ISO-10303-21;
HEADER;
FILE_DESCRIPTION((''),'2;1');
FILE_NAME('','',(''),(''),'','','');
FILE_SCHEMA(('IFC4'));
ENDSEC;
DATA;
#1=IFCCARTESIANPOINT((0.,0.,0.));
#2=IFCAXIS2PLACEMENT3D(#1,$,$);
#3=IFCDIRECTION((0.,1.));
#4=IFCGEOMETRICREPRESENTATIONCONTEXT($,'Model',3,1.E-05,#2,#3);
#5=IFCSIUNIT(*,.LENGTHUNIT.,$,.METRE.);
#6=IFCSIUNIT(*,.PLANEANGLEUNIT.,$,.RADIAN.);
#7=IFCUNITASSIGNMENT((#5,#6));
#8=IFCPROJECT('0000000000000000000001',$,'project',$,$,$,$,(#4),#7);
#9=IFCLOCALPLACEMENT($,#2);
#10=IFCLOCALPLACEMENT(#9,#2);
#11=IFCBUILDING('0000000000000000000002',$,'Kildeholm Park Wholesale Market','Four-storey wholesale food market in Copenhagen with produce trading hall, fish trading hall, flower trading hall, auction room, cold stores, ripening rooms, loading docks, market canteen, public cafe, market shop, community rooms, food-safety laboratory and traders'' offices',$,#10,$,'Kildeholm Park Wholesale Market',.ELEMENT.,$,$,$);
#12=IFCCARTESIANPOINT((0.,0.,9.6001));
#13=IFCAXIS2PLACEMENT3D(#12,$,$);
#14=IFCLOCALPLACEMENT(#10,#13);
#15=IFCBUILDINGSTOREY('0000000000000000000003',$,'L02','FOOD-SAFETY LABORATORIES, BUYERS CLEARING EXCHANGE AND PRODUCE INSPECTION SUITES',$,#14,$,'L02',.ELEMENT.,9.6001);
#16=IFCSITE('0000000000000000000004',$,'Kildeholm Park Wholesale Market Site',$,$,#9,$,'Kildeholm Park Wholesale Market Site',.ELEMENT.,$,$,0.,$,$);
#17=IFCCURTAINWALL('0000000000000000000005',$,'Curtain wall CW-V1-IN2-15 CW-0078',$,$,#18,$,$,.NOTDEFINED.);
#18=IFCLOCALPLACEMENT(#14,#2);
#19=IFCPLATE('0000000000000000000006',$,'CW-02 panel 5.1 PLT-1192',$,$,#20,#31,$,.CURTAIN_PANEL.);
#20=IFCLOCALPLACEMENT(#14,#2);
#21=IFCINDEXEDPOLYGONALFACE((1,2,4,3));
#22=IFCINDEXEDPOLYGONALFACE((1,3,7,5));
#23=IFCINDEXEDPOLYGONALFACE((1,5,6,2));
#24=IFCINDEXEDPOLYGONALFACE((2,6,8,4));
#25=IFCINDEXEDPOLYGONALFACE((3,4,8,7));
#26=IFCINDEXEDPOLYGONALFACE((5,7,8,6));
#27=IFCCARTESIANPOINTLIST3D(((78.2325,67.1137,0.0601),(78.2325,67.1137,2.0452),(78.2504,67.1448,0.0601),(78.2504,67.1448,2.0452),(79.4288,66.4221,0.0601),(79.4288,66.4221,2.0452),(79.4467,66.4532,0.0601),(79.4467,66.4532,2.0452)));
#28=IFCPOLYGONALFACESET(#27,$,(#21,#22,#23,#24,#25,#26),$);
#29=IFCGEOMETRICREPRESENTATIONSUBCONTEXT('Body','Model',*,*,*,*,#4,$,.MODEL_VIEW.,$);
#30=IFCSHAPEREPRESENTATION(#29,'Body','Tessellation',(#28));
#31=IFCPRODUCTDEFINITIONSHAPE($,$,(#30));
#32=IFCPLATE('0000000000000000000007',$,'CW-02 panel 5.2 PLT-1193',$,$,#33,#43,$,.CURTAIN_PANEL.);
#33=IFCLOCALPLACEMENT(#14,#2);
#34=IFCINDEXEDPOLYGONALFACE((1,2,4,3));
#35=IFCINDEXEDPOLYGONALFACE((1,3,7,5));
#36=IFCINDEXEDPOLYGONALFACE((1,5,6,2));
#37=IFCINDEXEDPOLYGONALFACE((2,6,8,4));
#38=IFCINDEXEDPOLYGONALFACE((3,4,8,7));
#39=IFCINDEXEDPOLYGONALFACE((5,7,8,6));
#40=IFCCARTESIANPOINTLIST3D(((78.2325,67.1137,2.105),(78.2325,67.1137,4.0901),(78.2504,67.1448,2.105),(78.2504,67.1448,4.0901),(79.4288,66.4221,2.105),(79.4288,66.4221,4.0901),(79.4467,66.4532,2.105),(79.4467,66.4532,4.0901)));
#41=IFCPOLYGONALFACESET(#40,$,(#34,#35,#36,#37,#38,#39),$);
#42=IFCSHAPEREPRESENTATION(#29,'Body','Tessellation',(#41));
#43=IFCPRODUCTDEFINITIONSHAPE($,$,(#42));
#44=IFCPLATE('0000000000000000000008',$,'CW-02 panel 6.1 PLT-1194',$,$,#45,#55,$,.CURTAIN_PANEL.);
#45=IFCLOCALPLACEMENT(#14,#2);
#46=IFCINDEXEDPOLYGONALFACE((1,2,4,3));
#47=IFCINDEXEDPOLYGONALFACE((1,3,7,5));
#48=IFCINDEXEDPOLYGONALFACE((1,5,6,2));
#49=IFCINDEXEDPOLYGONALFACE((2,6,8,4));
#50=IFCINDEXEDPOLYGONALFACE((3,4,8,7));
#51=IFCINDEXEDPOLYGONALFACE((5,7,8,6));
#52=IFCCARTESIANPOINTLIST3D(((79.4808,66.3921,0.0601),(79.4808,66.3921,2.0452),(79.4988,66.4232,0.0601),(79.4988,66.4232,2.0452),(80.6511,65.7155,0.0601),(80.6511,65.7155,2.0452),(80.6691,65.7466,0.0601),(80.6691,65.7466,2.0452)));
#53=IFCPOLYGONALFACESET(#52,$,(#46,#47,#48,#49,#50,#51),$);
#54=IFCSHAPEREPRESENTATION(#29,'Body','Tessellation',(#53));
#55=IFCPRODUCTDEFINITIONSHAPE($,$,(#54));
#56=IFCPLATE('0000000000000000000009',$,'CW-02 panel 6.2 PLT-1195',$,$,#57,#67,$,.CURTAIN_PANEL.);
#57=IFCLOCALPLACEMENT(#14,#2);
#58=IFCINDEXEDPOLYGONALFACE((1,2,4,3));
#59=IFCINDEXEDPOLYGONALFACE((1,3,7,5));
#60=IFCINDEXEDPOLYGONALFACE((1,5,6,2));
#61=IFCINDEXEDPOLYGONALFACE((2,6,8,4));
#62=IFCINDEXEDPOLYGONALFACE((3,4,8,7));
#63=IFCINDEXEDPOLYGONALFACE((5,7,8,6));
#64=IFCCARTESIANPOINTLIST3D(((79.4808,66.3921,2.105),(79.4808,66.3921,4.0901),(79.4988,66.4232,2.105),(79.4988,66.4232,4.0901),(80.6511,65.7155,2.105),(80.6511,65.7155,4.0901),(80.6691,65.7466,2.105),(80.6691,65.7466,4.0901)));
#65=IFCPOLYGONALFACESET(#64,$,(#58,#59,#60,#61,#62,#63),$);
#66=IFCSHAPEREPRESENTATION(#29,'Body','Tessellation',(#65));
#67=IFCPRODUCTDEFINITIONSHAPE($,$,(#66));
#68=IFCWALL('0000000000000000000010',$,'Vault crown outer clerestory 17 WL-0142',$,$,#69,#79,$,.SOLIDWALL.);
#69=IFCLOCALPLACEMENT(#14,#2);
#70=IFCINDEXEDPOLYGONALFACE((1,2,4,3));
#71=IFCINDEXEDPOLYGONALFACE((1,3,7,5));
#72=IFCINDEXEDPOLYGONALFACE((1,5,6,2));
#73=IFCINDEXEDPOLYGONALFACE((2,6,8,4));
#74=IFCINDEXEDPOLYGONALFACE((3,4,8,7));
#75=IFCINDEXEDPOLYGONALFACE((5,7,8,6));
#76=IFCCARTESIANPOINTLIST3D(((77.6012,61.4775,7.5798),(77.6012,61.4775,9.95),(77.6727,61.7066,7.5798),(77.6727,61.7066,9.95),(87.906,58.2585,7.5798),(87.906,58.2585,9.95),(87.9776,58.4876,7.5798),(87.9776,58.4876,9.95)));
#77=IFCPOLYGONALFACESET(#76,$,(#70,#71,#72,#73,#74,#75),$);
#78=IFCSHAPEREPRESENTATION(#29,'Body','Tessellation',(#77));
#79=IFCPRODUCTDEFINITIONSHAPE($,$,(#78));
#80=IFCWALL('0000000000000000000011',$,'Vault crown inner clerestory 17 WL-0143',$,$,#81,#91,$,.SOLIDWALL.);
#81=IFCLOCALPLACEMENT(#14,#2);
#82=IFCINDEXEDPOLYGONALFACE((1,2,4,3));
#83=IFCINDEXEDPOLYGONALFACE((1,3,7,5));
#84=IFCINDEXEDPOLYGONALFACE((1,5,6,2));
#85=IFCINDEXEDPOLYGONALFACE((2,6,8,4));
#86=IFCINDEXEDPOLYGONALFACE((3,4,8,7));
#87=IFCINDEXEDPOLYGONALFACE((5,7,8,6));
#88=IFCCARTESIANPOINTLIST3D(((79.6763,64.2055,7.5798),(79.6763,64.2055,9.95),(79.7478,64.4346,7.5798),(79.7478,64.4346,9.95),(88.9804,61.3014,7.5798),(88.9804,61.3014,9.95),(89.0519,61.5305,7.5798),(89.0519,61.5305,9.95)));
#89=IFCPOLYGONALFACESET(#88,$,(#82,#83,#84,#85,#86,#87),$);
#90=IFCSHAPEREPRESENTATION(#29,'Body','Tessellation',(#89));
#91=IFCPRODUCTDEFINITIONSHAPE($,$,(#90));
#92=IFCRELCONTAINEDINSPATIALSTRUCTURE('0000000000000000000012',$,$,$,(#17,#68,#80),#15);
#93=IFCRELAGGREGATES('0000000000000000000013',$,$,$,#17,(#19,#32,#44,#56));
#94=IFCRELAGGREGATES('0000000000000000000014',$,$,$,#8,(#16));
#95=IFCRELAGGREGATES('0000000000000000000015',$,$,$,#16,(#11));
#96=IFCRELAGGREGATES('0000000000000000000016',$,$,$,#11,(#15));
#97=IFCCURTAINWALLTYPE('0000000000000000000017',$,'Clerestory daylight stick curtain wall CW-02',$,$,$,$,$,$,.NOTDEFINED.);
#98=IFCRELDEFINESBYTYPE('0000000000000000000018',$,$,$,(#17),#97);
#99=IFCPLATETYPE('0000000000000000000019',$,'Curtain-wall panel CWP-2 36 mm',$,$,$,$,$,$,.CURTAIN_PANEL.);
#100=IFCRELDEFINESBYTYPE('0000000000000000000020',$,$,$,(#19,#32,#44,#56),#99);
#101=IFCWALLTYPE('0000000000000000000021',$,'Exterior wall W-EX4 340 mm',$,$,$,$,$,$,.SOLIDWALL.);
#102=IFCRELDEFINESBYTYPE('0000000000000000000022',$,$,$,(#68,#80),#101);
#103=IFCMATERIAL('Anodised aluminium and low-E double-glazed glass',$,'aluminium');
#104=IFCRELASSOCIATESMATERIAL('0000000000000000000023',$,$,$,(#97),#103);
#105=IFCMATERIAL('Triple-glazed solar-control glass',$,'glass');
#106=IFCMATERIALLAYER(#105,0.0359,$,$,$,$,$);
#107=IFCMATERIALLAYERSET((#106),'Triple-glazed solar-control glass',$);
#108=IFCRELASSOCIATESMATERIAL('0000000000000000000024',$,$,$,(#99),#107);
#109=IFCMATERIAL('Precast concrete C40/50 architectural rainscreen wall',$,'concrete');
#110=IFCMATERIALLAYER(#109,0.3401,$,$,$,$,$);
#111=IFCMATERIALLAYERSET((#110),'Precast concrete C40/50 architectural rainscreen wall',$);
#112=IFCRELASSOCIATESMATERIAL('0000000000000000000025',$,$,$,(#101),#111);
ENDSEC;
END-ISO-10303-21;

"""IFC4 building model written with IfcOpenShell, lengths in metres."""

from ifc_helpers import new_model, si_unit, direction, frame, frame_2d, origin, origin_2d, place, context, subcontext, project, spatial, rectangle, extrude, material, layer, layer_set, type_object, element, aggregate, save


model = new_model("IFC4")

# Units and contexts
model_context = context("Model", 3, precision=1e-05, world=origin(), true_north=direction((0.0, 1.0)))
body_context = subcontext(model_context, "Body", "Model", "MODEL_VIEW")
ifc_project = project(units=[si_unit("LENGTHUNIT", "METRE"), si_unit("PLANEANGLEUNIT", "RADIAN")], contexts=[model_context])

# Site, building, storey
site_placement = place(None, origin())
site = spatial("IfcSite", under=ifc_project, at=site_placement, Name="Kildeholm Park Wholesale Market Site", LongName="Kildeholm Park Wholesale Market Site", CompositionType="ELEMENT", RefElevation=0.0)
building_placement = place(site_placement, origin())
building = spatial("IfcBuilding", under=site, at=building_placement, Name="Kildeholm Park Wholesale Market", Description="Four-storey wholesale food market in Copenhagen with produce trading hall, fish trading hall, flower trading hall, auction room, cold stores, ripening rooms, loading docks, market canteen, public cafe, market shop, community rooms, food-safety laboratory and traders' offices", LongName="Kildeholm Park Wholesale Market", CompositionType="ELEMENT")
storey_placement = place(building_placement, frame((0.0, 0.0, 9.6001)))
storey = spatial("IfcBuildingStorey", under=building, at=storey_placement, Name="L02", Description="FOOD-SAFETY LABORATORIES, BUYERS CLEARING EXCHANGE AND PRODUCE INSPECTION SUITES", LongName="L02", CompositionType="ELEMENT", Elevation=9.6001)

# Curtain wall, plates
ifc_material_1 = material(Name="Anodised aluminium and low-E double-glazed glass", Category="aluminium")
curtain_wall_type = type_object("IfcCurtainWallType", Name="Clerestory daylight stick curtain wall CW-02", PredefinedType="NOTDEFINED", material=ifc_material_1)
curtain_wall_placement = place(storey_placement, origin())
curtain_wall = element("IfcCurtainWall", 1, at=curtain_wall_placement, inside=storey, type_object=curtain_wall_type, Name="Curtain wall CW-V1-IN2-15 CW-0078", PredefinedType="NOTDEFINED")
ifc_material_2 = material(Name="Triple-glazed solar-control glass", Category="glass")
ifc_layer_1 = layer(ifc_material_2, 0.0359)
ifc_layer_set_1 = layer_set([ifc_layer_1], Name="Triple-glazed solar-control glass")
plate_type = type_object("IfcPlateType", Name="Curtain-wall panel CWP-2 36 mm", PredefinedType="CURTAIN_PANEL", material=ifc_layer_set_1)
plate_1_placement = place(storey_placement, frame((78.8396, 66.7834, 0.0601), z_axis=(0.0, 0.0, 1.0), x_axis=(0.865743, -0.500489, 0.0)))
plate_1 = element("IfcPlate", 2, at=plate_1_placement, type_object=plate_type, Name="CW-02 panel 5.1 PLT-1192", PredefinedType="CURTAIN_PANEL", context=body_context, shape_type="SweptSolid", body=[
    extrude(rectangle(XDim=1.3818, YDim=0.0359, at=origin_2d()), origin(), (0.0, 0.0, 1.0), 1.9851),
])
plate_2_placement = place(storey_placement, frame((78.8396, 66.7834, 2.105), z_axis=(0.0, 0.0, 1.0), x_axis=(0.865743, -0.500489, 0.0)))
plate_2 = element("IfcPlate", 3, at=plate_2_placement, type_object=plate_type, Name="CW-02 panel 5.2 PLT-1193", PredefinedType="CURTAIN_PANEL", context=body_context, shape_type="SweptSolid", body=[
    extrude(rectangle(XDim=1.3818, YDim=0.0359, at=origin_2d()), origin(), (0.0, 0.0, 1.0), 1.9851),
])
plate_3_placement = place(storey_placement, frame((80.075, 66.0693, 0.0601), z_axis=(0.0, 0.0, 1.0), x_axis=(0.865743, -0.500489, 0.0)))
plate_3 = element("IfcPlate", 4, at=plate_3_placement, type_object=plate_type, Name="CW-02 panel 6.1 PLT-1194", PredefinedType="CURTAIN_PANEL", context=body_context, shape_type="SweptSolid", body=[
    extrude(rectangle(XDim=1.3518, YDim=0.0359, at=origin_2d()), origin(), (0.0, 0.0, 1.0), 1.9851),
])
plate_4_placement = place(storey_placement, frame((80.075, 66.0693, 2.105), z_axis=(0.0, 0.0, 1.0), x_axis=(0.865743, -0.500489, 0.0)))
plate_4 = element("IfcPlate", 5, at=plate_4_placement, type_object=plate_type, Name="CW-02 panel 6.2 PLT-1195", PredefinedType="CURTAIN_PANEL", context=body_context, shape_type="SweptSolid", body=[
    extrude(rectangle(XDim=1.3518, YDim=0.0359, at=origin_2d()), origin(), (0.0, 0.0, 1.0), 1.9851),
])
aggregate(curtain_wall, [plate_1, plate_2, plate_3, plate_4])

# Walls
ifc_material_3 = material(Name="Precast concrete C40/50 architectural rainscreen wall", Category="concrete")
ifc_layer_2 = layer(ifc_material_3, 0.3401)
ifc_layer_set_2 = layer_set([ifc_layer_2], Name="Precast concrete C40/50 architectural rainscreen wall")
wall_type = type_object("IfcWallType", Name="Exterior wall W-EX4 340 mm", PredefinedType="SOLIDWALL", material=ifc_layer_set_2)
wall_1_placement = place(storey_placement, frame((77.637, 61.592, 7.5798), z_axis=(0.0, 0.0, 1.0), x_axis=(0.954514, -0.298166, 0.0)))
element("IfcWall", 6, at=wall_1_placement, inside=storey, type_object=wall_type, Name="Vault crown outer clerestory 17 WL-0142", PredefinedType="SOLIDWALL", context=body_context, shape_type="SweptSolid", body=[
    extrude(rectangle(XDim=10.7959, YDim=0.24, at=frame_2d((5.3979, 0.0))), origin(), (0.0, 0.0, 1.0), 2.3701),
])
wall_2_placement = place(storey_placement, frame((79.7119, 64.3201, 7.5798), z_axis=(0.0, 0.0, 1.0), x_axis=(0.954582, -0.297947, 0.0)))
element("IfcWall", 7, at=wall_2_placement, inside=storey, type_object=wall_type, Name="Vault crown inner clerestory 17 WL-0143", PredefinedType="SOLIDWALL", context=body_context, shape_type="SweptSolid", body=[
    extrude(rectangle(XDim=9.7468, YDim=0.24, at=frame_2d((4.8735, 0.0))), origin(), (0.0, 0.0, 1.0), 2.3701),
])

save(model, "model.ifc")
